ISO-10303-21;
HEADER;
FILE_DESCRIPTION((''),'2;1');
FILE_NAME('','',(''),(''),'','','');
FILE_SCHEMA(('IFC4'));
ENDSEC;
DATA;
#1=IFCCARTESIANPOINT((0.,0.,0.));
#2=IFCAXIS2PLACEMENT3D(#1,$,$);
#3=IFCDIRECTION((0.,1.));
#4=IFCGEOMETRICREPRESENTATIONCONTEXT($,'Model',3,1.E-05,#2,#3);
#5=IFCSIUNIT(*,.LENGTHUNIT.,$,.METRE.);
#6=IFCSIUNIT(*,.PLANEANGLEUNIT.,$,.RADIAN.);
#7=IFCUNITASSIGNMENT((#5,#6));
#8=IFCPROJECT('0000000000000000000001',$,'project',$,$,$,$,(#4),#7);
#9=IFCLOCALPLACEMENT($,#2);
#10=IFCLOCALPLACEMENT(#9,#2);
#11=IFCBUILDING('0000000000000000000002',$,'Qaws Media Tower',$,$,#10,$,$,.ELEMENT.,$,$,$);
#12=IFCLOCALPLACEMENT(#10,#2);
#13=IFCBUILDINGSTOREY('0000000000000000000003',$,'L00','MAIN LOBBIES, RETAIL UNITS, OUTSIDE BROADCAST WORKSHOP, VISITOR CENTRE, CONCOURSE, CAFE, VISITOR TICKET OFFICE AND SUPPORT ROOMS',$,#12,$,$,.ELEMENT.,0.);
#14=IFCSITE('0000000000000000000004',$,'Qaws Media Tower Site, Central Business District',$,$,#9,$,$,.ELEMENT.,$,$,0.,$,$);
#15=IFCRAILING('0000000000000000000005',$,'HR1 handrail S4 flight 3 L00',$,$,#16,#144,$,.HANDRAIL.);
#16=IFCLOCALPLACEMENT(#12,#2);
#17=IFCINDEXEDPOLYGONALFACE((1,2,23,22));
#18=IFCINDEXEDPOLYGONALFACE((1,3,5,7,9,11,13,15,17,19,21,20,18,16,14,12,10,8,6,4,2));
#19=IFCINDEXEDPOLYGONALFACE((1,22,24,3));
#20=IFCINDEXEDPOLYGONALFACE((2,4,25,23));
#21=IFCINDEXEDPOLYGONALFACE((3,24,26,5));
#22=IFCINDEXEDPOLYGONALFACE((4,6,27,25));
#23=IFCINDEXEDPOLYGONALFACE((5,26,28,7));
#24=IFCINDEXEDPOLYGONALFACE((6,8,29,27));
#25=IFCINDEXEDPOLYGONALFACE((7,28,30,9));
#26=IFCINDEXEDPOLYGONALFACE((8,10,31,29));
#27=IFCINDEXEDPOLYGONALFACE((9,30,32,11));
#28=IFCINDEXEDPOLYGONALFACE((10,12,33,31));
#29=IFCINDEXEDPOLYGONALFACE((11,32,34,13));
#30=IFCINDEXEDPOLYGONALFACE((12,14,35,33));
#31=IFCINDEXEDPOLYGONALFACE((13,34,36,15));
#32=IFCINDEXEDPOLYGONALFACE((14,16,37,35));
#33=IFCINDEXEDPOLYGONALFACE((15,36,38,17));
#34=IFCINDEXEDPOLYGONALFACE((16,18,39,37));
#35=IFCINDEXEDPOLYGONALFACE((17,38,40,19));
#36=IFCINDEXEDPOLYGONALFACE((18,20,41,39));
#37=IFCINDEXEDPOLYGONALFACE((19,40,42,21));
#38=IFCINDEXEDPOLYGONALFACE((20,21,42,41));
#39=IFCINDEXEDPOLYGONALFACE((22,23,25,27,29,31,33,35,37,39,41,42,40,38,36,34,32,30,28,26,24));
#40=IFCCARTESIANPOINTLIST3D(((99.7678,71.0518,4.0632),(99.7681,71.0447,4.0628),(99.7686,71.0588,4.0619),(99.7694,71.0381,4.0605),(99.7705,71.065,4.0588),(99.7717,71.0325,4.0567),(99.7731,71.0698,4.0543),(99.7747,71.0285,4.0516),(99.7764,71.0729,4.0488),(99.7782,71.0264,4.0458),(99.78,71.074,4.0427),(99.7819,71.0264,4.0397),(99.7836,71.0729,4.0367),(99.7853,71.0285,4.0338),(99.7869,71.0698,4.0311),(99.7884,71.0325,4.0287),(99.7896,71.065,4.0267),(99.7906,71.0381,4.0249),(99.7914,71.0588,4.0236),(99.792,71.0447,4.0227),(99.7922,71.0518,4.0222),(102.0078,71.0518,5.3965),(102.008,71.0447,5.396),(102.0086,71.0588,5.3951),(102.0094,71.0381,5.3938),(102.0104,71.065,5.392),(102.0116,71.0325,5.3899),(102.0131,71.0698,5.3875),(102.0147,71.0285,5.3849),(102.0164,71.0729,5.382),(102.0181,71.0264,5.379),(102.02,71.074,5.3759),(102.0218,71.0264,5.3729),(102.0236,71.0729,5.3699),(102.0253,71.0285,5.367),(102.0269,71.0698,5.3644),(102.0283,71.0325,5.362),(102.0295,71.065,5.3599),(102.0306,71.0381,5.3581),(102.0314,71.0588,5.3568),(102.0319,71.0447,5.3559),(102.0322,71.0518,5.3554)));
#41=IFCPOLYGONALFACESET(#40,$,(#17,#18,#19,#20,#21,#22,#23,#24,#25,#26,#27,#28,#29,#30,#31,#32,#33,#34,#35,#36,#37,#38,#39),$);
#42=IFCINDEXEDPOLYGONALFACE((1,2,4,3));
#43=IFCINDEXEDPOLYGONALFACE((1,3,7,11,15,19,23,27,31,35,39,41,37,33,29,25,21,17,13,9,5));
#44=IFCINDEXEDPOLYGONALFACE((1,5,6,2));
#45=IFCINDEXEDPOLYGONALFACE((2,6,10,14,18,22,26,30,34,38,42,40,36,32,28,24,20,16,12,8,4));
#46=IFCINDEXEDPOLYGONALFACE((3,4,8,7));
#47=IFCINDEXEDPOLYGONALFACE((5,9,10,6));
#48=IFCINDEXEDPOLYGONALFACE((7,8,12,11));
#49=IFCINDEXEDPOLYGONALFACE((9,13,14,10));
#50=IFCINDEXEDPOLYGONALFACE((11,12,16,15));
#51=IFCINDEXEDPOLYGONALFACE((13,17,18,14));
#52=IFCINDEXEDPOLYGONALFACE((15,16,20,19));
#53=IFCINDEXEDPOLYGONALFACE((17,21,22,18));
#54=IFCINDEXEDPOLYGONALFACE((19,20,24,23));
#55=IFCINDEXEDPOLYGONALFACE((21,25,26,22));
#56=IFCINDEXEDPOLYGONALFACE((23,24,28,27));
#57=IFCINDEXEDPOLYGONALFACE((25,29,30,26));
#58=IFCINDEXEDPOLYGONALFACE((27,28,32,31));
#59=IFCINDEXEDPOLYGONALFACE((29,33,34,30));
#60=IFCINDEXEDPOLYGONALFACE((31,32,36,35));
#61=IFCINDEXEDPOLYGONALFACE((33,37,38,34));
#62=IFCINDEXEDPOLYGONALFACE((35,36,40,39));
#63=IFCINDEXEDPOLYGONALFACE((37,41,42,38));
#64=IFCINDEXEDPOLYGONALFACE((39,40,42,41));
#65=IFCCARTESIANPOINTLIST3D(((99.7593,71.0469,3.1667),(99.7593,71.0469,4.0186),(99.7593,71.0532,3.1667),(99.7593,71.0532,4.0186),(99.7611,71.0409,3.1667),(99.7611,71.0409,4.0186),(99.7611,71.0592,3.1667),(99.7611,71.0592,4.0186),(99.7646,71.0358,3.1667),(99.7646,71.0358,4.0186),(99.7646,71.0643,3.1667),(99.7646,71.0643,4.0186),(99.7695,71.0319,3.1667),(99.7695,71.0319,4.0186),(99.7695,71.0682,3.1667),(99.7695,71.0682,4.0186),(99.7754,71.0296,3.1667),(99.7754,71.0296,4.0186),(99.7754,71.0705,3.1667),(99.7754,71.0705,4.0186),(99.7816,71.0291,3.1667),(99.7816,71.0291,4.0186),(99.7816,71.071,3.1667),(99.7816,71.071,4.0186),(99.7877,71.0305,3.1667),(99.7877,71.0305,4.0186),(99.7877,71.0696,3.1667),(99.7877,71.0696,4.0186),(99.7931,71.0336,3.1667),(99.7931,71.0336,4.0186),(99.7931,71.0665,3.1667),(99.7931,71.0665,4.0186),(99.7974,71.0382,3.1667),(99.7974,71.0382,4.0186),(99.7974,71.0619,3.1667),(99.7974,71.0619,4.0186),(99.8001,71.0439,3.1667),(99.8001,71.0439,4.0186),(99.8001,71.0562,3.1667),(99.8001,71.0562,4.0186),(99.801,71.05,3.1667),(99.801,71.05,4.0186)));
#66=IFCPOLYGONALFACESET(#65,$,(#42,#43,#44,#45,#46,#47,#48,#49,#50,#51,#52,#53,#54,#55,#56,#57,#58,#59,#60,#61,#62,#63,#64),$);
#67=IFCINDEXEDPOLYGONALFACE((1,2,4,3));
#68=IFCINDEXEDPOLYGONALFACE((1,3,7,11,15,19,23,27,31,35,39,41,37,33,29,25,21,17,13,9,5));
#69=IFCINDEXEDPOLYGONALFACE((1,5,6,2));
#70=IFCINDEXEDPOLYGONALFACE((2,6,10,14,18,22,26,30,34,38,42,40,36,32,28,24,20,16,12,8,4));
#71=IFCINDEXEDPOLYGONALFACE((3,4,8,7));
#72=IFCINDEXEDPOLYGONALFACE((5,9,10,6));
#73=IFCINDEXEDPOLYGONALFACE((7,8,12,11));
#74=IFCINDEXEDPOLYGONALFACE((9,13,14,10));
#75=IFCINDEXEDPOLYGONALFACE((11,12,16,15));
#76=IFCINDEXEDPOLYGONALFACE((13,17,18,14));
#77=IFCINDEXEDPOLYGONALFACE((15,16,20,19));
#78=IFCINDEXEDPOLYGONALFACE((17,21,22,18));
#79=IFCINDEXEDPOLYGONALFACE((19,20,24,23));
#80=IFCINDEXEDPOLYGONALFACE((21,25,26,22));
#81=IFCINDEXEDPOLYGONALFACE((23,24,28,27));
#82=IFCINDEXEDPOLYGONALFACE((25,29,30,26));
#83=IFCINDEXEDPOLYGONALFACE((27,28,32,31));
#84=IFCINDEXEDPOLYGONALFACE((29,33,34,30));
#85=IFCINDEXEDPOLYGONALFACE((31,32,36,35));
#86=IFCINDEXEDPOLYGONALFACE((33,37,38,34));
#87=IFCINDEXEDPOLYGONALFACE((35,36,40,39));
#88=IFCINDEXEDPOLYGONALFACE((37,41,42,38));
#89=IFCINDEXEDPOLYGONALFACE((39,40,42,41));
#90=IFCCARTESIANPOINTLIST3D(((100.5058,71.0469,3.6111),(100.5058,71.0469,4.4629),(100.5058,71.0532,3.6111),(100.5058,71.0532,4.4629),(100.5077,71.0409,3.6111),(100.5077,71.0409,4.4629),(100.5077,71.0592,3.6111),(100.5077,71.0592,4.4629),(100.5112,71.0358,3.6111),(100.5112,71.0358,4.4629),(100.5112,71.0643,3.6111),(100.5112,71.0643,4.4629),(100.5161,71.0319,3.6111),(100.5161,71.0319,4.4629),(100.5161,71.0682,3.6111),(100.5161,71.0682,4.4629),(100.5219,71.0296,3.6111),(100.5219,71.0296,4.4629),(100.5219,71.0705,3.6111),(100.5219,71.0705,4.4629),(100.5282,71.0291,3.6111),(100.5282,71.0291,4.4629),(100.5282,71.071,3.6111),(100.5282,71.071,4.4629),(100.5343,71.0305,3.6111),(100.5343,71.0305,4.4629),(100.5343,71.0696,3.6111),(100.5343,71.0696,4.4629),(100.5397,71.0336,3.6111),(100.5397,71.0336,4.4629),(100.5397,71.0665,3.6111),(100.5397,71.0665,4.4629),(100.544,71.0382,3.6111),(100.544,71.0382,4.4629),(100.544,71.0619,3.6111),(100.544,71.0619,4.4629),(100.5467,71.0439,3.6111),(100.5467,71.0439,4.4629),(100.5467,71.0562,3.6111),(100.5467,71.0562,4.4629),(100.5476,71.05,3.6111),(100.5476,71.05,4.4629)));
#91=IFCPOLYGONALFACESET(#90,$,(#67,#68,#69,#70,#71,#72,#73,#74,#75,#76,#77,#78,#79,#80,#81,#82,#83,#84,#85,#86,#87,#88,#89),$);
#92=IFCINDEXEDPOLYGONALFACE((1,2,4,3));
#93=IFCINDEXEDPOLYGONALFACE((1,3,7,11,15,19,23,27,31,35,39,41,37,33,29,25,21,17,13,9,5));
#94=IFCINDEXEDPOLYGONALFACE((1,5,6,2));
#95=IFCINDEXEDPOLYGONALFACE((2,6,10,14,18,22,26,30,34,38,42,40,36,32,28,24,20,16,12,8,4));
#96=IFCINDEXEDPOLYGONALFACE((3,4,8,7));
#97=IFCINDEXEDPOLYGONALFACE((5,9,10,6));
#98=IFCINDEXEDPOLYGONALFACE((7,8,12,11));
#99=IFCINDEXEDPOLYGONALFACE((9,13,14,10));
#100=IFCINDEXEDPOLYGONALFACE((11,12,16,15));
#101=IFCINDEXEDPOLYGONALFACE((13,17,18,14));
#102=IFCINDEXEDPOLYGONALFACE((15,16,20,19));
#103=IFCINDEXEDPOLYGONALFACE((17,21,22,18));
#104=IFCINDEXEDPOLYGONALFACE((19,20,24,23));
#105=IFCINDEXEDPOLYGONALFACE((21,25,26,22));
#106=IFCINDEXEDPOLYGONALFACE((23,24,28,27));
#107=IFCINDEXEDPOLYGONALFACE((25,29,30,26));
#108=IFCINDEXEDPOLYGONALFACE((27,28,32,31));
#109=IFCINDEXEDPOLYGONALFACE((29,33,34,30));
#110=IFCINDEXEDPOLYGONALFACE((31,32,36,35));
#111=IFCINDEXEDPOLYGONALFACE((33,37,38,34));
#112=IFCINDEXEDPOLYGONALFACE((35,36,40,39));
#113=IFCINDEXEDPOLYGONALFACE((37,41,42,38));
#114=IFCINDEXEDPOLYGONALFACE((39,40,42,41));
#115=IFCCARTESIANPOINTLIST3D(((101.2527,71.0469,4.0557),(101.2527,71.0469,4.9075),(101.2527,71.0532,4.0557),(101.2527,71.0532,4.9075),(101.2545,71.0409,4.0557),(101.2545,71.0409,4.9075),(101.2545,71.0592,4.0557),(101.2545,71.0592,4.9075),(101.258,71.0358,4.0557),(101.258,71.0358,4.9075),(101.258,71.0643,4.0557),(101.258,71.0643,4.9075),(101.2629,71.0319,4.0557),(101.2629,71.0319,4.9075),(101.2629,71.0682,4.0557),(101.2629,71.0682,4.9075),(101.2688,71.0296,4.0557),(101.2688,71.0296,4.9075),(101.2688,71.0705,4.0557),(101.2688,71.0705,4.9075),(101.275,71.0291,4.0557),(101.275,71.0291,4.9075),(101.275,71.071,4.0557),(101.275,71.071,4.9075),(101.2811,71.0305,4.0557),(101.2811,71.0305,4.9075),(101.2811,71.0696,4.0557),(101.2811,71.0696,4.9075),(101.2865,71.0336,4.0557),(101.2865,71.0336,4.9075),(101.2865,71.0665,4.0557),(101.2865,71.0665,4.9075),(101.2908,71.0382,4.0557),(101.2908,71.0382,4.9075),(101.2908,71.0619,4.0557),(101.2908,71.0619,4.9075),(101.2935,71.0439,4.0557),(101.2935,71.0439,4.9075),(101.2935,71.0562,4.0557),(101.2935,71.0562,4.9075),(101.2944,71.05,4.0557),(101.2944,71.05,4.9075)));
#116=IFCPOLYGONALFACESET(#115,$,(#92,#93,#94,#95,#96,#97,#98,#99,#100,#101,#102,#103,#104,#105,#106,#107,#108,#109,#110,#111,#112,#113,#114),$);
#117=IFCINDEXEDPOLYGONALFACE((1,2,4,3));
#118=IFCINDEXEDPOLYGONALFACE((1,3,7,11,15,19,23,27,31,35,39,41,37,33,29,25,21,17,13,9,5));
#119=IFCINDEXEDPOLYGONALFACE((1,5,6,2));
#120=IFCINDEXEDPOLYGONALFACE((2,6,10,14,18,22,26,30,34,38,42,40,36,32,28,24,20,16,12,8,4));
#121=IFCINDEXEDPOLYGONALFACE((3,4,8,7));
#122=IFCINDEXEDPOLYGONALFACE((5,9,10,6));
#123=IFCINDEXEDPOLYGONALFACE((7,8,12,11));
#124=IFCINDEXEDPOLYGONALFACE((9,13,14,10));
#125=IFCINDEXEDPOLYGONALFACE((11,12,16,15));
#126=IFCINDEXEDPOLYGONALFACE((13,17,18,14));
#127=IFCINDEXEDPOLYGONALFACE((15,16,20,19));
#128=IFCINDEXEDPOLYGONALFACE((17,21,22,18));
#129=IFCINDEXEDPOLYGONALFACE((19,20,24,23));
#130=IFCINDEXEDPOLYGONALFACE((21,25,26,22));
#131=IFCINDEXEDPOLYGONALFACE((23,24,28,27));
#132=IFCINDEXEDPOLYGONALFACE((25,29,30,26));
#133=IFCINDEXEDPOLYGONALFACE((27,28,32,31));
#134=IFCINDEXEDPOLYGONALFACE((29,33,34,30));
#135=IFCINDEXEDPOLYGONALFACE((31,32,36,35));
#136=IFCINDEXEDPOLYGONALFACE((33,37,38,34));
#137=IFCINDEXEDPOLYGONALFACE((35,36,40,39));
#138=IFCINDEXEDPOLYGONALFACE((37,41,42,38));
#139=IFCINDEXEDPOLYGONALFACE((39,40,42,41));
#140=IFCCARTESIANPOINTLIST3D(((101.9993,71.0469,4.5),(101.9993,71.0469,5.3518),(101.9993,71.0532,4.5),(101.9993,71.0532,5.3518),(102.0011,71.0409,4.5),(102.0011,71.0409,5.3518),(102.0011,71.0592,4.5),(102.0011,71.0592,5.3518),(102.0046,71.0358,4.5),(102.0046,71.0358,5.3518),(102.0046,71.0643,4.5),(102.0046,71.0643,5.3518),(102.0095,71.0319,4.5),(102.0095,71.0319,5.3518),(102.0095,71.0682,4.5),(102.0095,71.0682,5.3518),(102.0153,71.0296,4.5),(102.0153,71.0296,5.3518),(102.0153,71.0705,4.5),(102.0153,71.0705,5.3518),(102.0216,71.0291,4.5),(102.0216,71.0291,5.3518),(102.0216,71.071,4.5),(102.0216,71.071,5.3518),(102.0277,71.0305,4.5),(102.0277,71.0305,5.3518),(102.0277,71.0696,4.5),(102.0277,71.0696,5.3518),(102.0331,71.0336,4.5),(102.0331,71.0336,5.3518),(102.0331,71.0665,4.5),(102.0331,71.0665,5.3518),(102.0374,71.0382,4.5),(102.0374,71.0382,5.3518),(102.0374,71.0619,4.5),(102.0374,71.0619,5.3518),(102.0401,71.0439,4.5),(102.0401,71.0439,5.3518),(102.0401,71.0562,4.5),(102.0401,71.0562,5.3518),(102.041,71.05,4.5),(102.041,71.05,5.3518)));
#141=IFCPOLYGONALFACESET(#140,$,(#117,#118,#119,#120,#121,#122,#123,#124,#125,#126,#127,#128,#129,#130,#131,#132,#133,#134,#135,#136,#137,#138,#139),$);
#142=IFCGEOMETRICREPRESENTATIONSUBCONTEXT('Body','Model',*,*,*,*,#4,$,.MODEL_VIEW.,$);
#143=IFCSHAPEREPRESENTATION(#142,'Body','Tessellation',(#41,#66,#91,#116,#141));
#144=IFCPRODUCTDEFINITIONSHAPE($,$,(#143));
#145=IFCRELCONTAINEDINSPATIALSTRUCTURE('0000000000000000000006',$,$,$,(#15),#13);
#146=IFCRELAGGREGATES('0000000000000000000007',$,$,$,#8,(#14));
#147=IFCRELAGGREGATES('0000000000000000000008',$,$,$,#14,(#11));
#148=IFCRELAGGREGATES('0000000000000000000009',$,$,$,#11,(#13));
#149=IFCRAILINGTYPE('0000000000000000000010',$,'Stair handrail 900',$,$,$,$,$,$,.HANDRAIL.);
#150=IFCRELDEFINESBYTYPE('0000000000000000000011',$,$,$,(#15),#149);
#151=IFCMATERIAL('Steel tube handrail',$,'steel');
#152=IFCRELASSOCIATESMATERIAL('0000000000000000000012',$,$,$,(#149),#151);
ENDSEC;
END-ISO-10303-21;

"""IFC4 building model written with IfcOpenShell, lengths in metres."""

from ifc_helpers import new_model, si_unit, direction, frame, origin, origin_2d, place, context, subcontext, project, spatial, circle, extrude, material, type_object, element, save


model = new_model("IFC4")

# Units and contexts
model_context = context("Model", 3, precision=1e-05, world=origin(), true_north=direction((0.0, 1.0)))
body_context = subcontext(model_context, "Body", "Model", "MODEL_VIEW")
ifc_project = project(units=[si_unit("LENGTHUNIT", "METRE"), si_unit("PLANEANGLEUNIT", "RADIAN")], contexts=[model_context])

# Site, building, storey
site_placement = place(None, origin())
site = spatial("IfcSite", under=ifc_project, at=site_placement, Name="Qaws Media Tower Site, Central Business District", CompositionType="ELEMENT", RefElevation=0.0)
building_placement = place(site_placement, origin())
building = spatial("IfcBuilding", under=site, at=building_placement, Name="Qaws Media Tower", CompositionType="ELEMENT")
storey_placement = place(building_placement, origin())
storey = spatial("IfcBuildingStorey", under=building, at=storey_placement, Name="L00", Description="MAIN LOBBIES, RETAIL UNITS, OUTSIDE BROADCAST WORKSHOP, VISITOR CENTRE, CONCOURSE, CAFE, VISITOR TICKET OFFICE AND SUPPORT ROOMS", CompositionType="ELEMENT", Elevation=0.0)

# Railing
ifc_material_1 = material(Name="Steel tube handrail", Category="steel")
railing_type = type_object("IfcRailingType", Name="Stair handrail 900", PredefinedType="HANDRAIL", material=ifc_material_1)
for number, where, name in (
    (1, (99.78, 71.05, 3.1667), "HR1 handrail S4 flight 3 L00"),
):
    element("IfcRailing", number, at=place(storey_placement, frame(where)), inside=storey, type_object=railing_type, Name=name, PredefinedType="HANDRAIL", context=body_context, shape_type="SweptSolid", body=[
        extrude(circle(Radius=0.0239, at=origin_2d()), frame((0.0, 0.0, 0.876), z_axis=(0.859306, 0.0, 0.511462), x_axis=(0.0, 1.0, 0.0)), (0.0, 0.0, 1.0), 2.6067),
        extrude(circle(Radius=0.021, at=origin_2d()), origin(), (0.0, 0.0, 1.0), 0.8518),
        extrude(circle(Radius=0.021, at=origin_2d()), frame((0.7466, 0.0, 0.4443)), (0.0, 0.0, 1.0), 0.8518),
        extrude(circle(Radius=0.021, at=origin_2d()), frame((1.4934, 0.0, 0.8889)), (0.0, 0.0, 1.0), 0.8518),
        extrude(circle(Radius=0.021, at=origin_2d()), frame((2.24, 0.0, 1.3333)), (0.0, 0.0, 1.0), 0.8518),
    ])

save(model, "model.ifc")
